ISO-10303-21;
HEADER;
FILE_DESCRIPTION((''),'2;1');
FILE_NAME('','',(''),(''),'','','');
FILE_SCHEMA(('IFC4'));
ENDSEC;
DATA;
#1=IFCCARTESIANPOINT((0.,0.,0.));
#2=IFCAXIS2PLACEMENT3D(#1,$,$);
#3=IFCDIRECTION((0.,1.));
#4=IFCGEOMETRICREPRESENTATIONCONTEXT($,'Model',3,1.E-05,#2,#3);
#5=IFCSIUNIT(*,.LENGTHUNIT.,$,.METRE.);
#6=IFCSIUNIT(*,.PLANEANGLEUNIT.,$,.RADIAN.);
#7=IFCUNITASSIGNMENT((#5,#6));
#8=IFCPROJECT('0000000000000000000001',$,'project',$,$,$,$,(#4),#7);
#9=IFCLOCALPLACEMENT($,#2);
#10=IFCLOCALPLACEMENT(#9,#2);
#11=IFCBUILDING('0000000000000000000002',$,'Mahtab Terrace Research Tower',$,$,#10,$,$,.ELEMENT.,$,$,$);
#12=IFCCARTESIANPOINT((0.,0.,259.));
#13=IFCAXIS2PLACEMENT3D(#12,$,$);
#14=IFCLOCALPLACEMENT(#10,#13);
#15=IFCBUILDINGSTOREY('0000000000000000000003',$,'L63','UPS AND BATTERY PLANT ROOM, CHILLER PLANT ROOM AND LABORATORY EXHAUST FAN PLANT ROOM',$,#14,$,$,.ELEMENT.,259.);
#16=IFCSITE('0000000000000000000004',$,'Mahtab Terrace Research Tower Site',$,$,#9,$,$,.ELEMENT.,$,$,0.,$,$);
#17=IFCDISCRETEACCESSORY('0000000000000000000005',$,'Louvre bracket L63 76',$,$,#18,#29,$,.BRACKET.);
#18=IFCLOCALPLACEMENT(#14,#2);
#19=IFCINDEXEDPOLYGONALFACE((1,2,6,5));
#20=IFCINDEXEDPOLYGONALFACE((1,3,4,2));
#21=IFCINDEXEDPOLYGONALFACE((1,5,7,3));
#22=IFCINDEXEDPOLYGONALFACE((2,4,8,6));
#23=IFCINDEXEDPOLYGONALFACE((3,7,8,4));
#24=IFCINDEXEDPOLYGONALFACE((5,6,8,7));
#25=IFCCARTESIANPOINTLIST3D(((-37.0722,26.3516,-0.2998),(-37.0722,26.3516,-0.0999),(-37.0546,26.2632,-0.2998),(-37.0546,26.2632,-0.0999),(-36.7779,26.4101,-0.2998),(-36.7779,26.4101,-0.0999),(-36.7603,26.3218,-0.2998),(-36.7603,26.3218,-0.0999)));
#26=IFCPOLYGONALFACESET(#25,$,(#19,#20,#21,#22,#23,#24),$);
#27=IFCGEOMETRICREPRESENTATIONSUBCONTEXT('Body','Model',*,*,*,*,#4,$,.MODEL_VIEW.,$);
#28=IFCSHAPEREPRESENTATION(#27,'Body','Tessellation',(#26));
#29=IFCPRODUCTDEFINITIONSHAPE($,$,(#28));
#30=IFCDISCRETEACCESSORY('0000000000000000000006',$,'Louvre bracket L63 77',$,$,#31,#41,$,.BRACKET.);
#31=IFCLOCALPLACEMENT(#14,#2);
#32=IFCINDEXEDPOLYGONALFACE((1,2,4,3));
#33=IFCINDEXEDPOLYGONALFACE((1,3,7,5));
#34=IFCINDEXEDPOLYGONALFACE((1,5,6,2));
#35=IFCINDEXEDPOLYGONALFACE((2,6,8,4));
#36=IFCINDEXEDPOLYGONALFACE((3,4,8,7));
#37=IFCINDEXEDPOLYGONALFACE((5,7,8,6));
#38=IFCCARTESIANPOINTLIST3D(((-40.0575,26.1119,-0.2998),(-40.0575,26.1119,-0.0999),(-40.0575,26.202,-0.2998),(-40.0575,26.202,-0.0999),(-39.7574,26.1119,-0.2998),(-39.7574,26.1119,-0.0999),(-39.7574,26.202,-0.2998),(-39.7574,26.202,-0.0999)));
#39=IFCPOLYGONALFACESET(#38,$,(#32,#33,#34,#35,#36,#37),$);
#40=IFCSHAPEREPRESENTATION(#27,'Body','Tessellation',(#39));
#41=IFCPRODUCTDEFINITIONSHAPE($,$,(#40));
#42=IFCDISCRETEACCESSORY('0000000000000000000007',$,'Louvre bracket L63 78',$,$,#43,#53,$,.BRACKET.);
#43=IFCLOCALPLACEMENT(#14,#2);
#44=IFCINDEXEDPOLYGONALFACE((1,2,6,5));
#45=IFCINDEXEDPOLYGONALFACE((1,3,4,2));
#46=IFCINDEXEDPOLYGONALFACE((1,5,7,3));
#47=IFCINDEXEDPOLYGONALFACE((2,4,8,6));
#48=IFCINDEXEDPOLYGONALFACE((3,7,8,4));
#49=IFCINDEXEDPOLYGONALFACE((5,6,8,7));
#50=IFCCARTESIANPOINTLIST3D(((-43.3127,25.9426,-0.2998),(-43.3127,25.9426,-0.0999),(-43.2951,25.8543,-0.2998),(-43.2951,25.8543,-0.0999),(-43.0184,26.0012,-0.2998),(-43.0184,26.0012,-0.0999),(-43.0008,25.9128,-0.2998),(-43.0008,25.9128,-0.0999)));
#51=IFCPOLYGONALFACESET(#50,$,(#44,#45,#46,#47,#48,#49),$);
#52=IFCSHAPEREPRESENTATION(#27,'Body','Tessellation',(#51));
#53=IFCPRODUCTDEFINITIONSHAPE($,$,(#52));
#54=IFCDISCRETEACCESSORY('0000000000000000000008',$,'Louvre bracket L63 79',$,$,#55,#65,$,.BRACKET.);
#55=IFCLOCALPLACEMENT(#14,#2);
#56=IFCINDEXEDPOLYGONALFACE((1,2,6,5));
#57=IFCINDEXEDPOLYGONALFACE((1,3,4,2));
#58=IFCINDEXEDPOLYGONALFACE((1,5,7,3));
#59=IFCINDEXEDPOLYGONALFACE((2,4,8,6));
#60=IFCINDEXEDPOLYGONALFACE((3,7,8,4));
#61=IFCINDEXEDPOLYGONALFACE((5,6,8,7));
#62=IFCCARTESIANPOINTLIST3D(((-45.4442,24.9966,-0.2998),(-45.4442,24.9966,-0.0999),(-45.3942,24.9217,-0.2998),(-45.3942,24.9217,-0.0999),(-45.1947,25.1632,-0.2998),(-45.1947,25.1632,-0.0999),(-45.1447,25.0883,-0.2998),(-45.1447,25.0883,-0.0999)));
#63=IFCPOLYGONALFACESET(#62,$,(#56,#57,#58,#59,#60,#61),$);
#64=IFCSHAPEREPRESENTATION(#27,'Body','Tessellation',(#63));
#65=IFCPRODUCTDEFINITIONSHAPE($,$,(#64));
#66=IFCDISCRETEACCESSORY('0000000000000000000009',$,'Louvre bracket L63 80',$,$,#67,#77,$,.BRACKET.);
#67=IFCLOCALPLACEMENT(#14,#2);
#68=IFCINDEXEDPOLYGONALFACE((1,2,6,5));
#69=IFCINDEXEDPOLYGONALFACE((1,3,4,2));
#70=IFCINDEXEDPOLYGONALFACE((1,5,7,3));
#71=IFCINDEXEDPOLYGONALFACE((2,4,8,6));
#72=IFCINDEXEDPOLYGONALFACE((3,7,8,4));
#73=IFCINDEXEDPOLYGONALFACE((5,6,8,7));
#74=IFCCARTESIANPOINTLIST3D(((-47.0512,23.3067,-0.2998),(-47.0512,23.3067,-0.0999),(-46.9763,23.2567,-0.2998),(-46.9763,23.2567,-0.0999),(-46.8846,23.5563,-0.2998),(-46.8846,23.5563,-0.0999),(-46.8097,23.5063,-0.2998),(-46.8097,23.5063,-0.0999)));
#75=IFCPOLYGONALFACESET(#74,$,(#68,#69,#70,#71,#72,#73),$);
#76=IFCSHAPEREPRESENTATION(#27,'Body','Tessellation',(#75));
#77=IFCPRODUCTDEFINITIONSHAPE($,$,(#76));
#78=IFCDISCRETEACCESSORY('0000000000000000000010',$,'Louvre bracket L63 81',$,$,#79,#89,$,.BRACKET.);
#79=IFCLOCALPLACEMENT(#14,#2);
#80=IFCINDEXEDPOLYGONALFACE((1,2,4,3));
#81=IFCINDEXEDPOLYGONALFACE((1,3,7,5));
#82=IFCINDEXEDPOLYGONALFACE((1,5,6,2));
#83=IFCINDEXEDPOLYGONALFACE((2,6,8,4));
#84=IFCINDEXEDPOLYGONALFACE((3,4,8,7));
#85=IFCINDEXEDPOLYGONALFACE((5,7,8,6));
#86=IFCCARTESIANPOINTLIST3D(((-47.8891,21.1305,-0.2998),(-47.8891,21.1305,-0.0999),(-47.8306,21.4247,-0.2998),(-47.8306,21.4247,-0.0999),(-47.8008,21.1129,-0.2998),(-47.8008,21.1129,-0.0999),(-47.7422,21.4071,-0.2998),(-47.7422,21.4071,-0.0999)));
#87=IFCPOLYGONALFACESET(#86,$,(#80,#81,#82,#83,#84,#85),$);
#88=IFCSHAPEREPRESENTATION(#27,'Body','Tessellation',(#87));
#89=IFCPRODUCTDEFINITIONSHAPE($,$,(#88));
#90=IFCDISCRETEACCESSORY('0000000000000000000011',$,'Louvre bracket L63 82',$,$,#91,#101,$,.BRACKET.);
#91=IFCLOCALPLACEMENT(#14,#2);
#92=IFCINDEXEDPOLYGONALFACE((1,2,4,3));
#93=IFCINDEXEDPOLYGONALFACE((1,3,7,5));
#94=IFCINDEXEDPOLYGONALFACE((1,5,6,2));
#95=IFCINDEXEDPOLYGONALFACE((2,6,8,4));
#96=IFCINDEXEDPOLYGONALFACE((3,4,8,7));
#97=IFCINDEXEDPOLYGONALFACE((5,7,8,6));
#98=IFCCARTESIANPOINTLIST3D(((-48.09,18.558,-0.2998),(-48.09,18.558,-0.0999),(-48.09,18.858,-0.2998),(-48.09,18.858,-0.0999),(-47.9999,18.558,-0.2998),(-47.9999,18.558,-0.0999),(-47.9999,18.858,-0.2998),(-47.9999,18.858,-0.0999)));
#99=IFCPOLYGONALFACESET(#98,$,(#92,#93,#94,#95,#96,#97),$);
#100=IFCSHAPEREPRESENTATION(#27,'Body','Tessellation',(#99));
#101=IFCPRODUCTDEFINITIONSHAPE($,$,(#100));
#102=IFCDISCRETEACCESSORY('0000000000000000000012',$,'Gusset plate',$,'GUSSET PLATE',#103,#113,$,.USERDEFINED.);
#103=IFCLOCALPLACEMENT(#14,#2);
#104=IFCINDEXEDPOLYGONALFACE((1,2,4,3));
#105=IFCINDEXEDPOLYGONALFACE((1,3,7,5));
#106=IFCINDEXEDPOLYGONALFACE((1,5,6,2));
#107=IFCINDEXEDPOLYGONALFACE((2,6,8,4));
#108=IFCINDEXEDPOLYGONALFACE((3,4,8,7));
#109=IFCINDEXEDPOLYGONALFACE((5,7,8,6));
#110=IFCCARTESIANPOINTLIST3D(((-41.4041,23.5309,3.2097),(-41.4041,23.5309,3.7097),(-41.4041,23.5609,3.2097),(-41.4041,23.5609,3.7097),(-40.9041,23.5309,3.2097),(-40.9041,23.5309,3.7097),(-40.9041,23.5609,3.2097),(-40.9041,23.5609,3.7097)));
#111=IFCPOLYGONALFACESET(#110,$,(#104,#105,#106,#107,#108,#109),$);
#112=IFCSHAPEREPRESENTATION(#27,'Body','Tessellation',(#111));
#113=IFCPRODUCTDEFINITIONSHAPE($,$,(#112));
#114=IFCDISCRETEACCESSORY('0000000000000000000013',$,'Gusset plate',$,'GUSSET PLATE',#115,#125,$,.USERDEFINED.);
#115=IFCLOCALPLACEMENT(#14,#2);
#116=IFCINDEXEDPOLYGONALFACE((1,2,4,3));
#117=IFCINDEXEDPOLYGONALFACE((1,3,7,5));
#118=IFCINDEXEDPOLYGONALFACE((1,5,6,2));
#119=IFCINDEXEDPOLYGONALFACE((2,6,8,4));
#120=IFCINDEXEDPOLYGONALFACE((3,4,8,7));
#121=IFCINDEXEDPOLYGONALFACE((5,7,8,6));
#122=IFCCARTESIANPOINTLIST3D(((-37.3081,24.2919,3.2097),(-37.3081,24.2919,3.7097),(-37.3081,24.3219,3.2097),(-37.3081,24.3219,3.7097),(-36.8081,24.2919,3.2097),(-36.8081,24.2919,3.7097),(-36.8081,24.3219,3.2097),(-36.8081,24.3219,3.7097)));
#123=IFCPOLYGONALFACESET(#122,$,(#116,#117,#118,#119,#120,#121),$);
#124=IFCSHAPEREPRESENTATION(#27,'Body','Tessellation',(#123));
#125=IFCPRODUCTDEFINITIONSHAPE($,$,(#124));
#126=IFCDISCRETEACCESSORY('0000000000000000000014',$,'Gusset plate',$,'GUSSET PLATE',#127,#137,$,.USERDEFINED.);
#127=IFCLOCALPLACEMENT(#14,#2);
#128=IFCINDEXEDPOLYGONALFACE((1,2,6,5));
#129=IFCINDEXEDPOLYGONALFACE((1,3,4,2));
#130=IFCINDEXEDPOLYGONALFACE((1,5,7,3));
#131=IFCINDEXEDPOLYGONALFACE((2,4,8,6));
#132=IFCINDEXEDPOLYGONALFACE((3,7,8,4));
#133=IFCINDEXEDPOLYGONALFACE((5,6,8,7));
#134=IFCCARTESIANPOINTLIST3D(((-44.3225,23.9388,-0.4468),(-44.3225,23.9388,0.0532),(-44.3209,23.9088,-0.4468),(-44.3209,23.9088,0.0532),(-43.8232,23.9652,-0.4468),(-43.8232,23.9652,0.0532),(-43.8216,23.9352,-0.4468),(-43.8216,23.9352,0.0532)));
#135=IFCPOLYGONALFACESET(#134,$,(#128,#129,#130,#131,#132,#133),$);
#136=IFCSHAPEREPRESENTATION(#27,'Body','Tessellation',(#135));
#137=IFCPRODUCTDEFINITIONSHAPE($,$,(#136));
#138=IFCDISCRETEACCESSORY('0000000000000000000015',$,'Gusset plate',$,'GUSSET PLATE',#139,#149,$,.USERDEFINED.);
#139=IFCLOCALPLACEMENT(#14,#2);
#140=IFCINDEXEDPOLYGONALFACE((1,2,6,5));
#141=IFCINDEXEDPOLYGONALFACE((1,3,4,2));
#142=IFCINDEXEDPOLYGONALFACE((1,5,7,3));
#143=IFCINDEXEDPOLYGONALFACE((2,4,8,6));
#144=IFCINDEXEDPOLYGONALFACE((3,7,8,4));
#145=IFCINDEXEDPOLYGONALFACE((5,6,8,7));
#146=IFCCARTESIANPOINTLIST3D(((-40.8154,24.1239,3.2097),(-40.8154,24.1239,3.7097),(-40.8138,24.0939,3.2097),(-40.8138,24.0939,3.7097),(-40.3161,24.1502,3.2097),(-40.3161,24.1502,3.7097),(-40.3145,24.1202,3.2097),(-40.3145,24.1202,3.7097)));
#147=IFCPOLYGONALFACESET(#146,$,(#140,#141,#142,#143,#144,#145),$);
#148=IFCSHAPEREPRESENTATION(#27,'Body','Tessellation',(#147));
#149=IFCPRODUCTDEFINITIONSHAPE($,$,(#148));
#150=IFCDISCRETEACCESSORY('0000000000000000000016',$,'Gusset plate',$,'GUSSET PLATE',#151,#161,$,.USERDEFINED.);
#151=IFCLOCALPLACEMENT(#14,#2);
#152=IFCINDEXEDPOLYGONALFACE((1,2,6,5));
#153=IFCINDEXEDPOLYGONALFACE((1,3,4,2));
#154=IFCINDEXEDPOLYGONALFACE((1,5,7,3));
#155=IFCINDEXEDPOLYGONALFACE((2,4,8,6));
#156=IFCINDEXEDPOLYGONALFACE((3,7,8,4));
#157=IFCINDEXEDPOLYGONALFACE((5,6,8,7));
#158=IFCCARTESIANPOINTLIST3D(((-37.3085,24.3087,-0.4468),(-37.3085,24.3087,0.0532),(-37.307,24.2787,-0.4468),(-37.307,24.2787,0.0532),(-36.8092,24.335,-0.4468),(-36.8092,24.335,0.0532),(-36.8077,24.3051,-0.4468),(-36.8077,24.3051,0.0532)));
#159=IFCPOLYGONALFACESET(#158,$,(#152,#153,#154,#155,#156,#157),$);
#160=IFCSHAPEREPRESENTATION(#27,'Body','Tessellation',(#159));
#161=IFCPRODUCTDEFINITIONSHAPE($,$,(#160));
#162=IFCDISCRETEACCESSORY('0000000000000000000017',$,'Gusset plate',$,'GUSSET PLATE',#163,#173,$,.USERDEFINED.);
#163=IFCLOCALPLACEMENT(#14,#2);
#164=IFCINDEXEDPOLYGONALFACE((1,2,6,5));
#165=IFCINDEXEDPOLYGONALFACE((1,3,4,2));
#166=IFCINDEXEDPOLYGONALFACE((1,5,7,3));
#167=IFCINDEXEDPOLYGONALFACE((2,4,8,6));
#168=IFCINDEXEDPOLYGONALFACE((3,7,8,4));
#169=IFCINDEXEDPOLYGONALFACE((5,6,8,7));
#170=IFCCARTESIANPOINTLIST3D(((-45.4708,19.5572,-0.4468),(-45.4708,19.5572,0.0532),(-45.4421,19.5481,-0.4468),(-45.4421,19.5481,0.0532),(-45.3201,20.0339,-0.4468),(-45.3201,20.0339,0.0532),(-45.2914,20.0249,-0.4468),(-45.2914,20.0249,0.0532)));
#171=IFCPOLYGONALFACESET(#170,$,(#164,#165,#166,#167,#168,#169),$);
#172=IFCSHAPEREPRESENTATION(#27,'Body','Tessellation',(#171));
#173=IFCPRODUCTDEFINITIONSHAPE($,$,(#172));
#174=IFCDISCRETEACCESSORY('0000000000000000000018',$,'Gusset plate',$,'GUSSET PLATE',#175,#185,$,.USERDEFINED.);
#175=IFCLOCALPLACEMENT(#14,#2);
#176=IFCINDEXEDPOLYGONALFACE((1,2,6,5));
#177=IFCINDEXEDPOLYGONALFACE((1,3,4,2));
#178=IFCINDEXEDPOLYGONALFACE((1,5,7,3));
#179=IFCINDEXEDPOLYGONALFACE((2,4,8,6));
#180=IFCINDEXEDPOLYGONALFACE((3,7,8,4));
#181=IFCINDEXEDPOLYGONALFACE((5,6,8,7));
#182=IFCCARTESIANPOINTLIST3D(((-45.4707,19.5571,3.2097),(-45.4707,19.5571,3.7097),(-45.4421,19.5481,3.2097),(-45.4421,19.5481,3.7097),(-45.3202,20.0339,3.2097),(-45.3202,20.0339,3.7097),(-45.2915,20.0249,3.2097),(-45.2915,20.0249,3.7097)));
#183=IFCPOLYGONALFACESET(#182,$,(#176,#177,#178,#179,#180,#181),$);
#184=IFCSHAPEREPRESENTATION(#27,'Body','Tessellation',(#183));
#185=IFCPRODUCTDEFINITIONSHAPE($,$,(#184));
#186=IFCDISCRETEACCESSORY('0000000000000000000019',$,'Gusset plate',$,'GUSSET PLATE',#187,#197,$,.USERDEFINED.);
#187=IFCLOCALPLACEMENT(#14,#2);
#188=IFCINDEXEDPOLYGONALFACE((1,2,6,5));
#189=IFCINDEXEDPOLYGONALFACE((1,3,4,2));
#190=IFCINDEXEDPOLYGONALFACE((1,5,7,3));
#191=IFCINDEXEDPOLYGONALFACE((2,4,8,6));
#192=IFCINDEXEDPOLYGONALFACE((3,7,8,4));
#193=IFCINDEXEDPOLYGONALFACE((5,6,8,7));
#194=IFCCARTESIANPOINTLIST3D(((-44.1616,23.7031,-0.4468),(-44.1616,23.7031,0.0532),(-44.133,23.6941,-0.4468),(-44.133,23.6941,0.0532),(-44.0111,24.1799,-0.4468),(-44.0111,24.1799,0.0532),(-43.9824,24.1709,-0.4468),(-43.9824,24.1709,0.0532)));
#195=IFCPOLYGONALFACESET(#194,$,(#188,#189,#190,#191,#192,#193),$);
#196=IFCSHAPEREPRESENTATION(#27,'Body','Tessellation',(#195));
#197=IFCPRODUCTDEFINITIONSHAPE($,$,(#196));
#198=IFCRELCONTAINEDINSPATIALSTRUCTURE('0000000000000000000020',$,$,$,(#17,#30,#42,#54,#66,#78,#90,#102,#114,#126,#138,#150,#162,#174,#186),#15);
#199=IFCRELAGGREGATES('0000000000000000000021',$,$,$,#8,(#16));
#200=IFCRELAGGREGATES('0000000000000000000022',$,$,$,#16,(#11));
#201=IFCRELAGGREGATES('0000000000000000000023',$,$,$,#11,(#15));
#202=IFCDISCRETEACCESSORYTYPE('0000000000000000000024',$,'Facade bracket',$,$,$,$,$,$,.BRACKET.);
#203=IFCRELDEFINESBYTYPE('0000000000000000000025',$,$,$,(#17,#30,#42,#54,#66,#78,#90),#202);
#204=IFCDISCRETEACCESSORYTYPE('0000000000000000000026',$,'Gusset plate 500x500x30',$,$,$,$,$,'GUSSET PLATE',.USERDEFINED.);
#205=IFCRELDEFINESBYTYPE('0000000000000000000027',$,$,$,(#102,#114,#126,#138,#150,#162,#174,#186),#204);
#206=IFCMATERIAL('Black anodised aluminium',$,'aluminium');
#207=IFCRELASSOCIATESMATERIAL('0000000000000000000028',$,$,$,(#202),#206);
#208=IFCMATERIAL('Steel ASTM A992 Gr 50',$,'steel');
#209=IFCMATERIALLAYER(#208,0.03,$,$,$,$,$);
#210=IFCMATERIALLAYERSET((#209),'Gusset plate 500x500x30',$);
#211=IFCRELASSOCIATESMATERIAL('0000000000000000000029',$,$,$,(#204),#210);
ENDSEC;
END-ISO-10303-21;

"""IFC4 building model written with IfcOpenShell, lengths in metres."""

from ifc_helpers import new_model, si_unit, direction, frame, origin, origin_2d, place, context, subcontext, project, spatial, rectangle, extrude, material, layer, layer_set, type_object, element, save


model = new_model("IFC4")

# Units and contexts
model_context = context("Model", 3, precision=1e-05, world=origin(), true_north=direction((0.0, 1.0)))
body_context = subcontext(model_context, "Body", "Model", "MODEL_VIEW")
ifc_project = project(units=[si_unit("LENGTHUNIT", "METRE"), si_unit("PLANEANGLEUNIT", "RADIAN")], contexts=[model_context])

# Site, building, storey
site_placement = place(None, origin())
site = spatial("IfcSite", under=ifc_project, at=site_placement, Name="Mahtab Terrace Research Tower Site", CompositionType="ELEMENT", RefElevation=0.0)
building_placement = place(site_placement, origin())
building = spatial("IfcBuilding", under=site, at=building_placement, Name="Mahtab Terrace Research Tower", CompositionType="ELEMENT")
storey_placement = place(building_placement, frame((0.0, 0.0, 259.0)))
storey = spatial("IfcBuildingStorey", under=building, at=storey_placement, Name="L63", Description="UPS AND BATTERY PLANT ROOM, CHILLER PLANT ROOM AND LABORATORY EXHAUST FAN PLANT ROOM", CompositionType="ELEMENT", Elevation=259.0)

# Shared definitions
ifc_material_1 = material(Name="Steel ASTM A992 Gr 50", Category="steel")

# Discrete accessories
ifc_material_2 = material(Name="Black anodised aluminium", Category="aluminium")
discrete_accessory_type_1 = type_object("IfcDiscreteAccessoryType", Name="Facade bracket", PredefinedType="BRACKET", material=ifc_material_2)
for number, where, z_axis, x_axis, name in (
    (1, (-36.9163, 26.3367, -0.2998), (0.0, 0.0, 1.0), (-0.980788, -0.195077, 0.0), "Louvre bracket L63 76"),
    (2, (-39.9075, 26.157, -0.2998), (0.0, 0.0, 1.0), (-1.0, 0.0, 0.0), "Louvre bracket L63 77"),
    (3, (-43.1567, 25.9277, -0.2998), (0.0, 0.0, 1.0), (-0.980761, -0.195212, 0.0), "Louvre bracket L63 78"),
    (4, (-45.2944, 25.0425, -0.2998), (0.0, 0.0, 1.0), (-0.831656, -0.555291, 0.0), "Louvre bracket L63 79"),
    (5, (-46.9304, 23.4065, -0.2998), (0.0, 0.0, 1.0), (-0.555291, -0.831656, 0.0), "Louvre bracket L63 80"),
    (6, (-47.8157, 21.2688, -0.2998), (0.0, 0.0, 1.0), (-0.195212, -0.980761, 0.0), "Louvre bracket L63 81"),
    (7, (-48.0449, 18.708, -0.2998), (0.0, 0.0, 1.0), (0.0, -1.0, 0.0), "Louvre bracket L63 82"),
):
    element("IfcDiscreteAccessory", number, at=place(storey_placement, frame(where, z_axis=z_axis, x_axis=x_axis)), inside=storey, type_object=discrete_accessory_type_1, Name=name, PredefinedType="BRACKET", context=body_context, shape_type="SweptSolid", body=[
        extrude(rectangle(XDim=0.3, YDim=0.0901, at=origin_2d()), origin(), (0.0, 0.0, 1.0), 0.2),
    ])
ifc_layer = layer(ifc_material_1, 0.03)
ifc_layer_set = layer_set([ifc_layer], Name="Gusset plate 500x500x30")
discrete_accessory_type_2 = type_object("IfcDiscreteAccessoryType", Name="Gusset plate 500x500x30", ElementType="GUSSET PLATE", PredefinedType="USERDEFINED", material=ifc_layer_set)
for number, where, z_axis, x_axis, name in (
    (8, (-41.1541, 23.5459, 3.2097), (0.0, 0.0, 1.0), (1.0, 0.0, 0.0), "Gusset plate"),
    (9, (-37.0581, 24.3069, 3.2097), (0.0, 0.0, 1.0), (1.0, 0.0, 0.0), "Gusset plate"),
    (10, (-44.072, 23.937, -0.4468), (0.0, 0.0, 1.0), (0.998611, 0.052685, 0.0), "Gusset plate"),
    (11, (-40.5649, 24.1221, 3.2097), (0.0, 0.0, 1.0), (0.998611, 0.052685, 0.0), "Gusset plate"),
    (12, (-37.0581, 24.3069, -0.4468), (0.0, 0.0, 1.0), (0.998611, 0.052685, 0.0), "Gusset plate"),
    (13, (-45.3811, 19.791, -0.4468), (0.0, 0.0, 1.0), (0.301355, 0.953512, 0.0), "Gusset plate"),
    (14, (-45.3811, 19.791, 3.2097), (0.0, 0.0, 1.0), (0.301072, 0.953601, 0.0), "Gusset plate"),
    (15, (-44.072, 23.937, -0.4468), (0.0, 0.0, 1.0), (0.301072, 0.953601, 0.0), "Gusset plate"),
):
    element("IfcDiscreteAccessory", number, at=place(storey_placement, frame(where, z_axis=z_axis, x_axis=x_axis)), inside=storey, type_object=discrete_accessory_type_2, Name=name, ObjectType="GUSSET PLATE", PredefinedType="USERDEFINED", context=body_context, shape_type="SweptSolid", body=[
        extrude(rectangle(XDim=0.5, YDim=0.03, at=origin_2d()), origin(), (0.0, 0.0, 1.0), 0.5),
    ])

save(model, "model.ifc")
